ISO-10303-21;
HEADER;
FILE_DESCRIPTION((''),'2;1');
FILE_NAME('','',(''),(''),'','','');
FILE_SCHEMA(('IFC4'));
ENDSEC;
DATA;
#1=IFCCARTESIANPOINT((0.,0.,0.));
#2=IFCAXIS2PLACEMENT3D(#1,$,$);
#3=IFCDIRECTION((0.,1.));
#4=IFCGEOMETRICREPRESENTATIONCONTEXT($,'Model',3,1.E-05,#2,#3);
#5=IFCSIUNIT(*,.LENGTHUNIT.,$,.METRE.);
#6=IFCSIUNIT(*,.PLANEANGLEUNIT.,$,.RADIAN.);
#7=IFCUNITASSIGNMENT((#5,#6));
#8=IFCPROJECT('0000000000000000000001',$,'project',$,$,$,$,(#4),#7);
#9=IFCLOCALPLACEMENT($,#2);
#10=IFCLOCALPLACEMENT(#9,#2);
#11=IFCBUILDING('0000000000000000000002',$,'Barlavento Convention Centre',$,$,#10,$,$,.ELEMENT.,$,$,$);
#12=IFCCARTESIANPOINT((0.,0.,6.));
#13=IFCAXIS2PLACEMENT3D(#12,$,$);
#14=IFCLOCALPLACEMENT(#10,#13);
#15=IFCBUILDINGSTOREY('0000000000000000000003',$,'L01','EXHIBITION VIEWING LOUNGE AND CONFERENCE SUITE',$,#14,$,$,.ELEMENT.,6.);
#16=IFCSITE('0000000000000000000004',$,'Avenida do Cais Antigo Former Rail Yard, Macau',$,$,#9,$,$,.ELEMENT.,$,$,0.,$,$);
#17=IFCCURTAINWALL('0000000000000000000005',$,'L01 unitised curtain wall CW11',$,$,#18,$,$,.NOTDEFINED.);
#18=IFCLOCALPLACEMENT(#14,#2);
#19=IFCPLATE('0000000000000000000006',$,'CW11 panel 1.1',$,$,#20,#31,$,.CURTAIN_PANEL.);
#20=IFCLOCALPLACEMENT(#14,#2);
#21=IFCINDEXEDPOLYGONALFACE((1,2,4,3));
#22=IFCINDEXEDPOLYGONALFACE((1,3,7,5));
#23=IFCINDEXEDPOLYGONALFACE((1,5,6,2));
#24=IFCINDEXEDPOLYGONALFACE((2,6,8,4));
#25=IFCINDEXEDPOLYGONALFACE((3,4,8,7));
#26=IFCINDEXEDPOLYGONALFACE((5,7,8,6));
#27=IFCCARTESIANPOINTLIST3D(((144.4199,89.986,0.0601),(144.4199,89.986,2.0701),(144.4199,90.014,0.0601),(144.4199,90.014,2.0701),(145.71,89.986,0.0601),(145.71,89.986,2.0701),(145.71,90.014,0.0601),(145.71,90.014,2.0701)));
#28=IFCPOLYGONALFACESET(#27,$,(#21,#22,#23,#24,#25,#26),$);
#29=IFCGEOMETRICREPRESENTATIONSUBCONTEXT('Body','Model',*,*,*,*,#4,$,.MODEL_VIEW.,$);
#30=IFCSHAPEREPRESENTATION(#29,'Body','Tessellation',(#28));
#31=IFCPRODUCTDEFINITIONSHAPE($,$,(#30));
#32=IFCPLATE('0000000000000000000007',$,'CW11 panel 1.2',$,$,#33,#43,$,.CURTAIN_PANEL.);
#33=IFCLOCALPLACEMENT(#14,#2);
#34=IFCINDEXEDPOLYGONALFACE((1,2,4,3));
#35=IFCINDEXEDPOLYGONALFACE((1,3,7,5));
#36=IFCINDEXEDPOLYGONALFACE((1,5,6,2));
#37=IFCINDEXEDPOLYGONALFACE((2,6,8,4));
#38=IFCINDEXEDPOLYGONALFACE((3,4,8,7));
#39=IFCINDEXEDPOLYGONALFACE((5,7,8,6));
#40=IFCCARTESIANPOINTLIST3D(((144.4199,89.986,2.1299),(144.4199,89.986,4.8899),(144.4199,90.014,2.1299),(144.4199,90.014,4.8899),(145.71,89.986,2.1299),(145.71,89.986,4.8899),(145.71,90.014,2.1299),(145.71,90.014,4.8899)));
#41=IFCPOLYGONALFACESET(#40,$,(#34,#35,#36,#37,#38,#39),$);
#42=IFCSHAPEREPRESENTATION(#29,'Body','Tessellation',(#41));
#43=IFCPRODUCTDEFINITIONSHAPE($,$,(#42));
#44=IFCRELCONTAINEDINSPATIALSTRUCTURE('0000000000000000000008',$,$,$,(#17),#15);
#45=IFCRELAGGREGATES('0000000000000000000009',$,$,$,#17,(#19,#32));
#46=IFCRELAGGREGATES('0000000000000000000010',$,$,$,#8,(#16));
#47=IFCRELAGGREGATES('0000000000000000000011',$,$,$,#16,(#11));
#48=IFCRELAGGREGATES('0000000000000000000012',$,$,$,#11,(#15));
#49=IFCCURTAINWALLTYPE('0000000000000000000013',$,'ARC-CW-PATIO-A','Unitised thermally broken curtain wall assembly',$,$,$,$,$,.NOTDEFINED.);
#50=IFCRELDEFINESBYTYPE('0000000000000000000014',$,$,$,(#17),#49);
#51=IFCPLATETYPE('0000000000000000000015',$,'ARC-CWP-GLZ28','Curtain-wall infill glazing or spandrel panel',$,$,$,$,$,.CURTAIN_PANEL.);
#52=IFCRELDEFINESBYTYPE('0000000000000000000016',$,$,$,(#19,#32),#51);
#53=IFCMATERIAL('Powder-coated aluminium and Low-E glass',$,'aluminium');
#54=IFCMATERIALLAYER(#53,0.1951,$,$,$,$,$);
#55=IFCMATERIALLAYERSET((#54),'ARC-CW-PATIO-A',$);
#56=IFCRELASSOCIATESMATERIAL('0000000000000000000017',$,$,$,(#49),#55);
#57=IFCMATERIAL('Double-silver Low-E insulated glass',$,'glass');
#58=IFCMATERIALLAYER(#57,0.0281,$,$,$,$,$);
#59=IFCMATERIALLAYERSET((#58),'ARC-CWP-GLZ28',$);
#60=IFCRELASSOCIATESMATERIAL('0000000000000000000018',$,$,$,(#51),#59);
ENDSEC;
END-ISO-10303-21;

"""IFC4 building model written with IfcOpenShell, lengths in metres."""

from ifc_helpers import new_model, si_unit, direction, frame, origin, origin_2d, place, context, subcontext, project, spatial, rectangle, extrude, material, layer, layer_set, type_object, element, aggregate, save


model = new_model("IFC4")

# Units and contexts
model_context = context("Model", 3, precision=1e-05, world=origin(), true_north=direction((0.0, 1.0)))
body_context = subcontext(model_context, "Body", "Model", "MODEL_VIEW")
ifc_project = project(units=[si_unit("LENGTHUNIT", "METRE"), si_unit("PLANEANGLEUNIT", "RADIAN")], contexts=[model_context])

# Site, building, storey
site_placement = place(None, origin())
site = spatial("IfcSite", under=ifc_project, at=site_placement, Name="Avenida do Cais Antigo Former Rail Yard, Macau", CompositionType="ELEMENT", RefElevation=0.0)
building_placement = place(site_placement, origin())
building = spatial("IfcBuilding", under=site, at=building_placement, Name="Barlavento Convention Centre", CompositionType="ELEMENT")
storey_placement = place(building_placement, frame((0.0, 0.0, 6.0)))
storey = spatial("IfcBuildingStorey", under=building, at=storey_placement, Name="L01", Description="EXHIBITION VIEWING LOUNGE AND CONFERENCE SUITE", CompositionType="ELEMENT", Elevation=6.0)

# Shared definitions
ifc_material_1 = material(Name="Powder-coated aluminium and Low-E glass", Category="aluminium")
ifc_layer_1 = layer(ifc_material_1, 0.1951)
ifc_layer_set_1 = layer_set([ifc_layer_1], Name="ARC-CW-PATIO-A")
curtain_wall_type = type_object("IfcCurtainWallType", Name="ARC-CW-PATIO-A", Description="Unitised thermally broken curtain wall assembly", PredefinedType="NOTDEFINED", material=ifc_layer_set_1)

# Curtain wall
curtain_wall_1_placement = place(storey_placement, origin())
curtain_wall_1 = element("IfcCurtainWall", 1, at=curtain_wall_1_placement, inside=storey, type_object=curtain_wall_type, Name="L01 unitised curtain wall CW11", PredefinedType="NOTDEFINED")

# Plates
ifc_material_2 = material(Name="Double-silver Low-E insulated glass", Category="glass")
ifc_layer_2 = layer(ifc_material_2, 0.0281)
ifc_layer_set_2 = layer_set([ifc_layer_2], Name="ARC-CWP-GLZ28")
plate_type = type_object("IfcPlateType", Name="ARC-CWP-GLZ28", Description="Curtain-wall infill glazing or spandrel panel", PredefinedType="CURTAIN_PANEL", material=ifc_layer_set_2)
plate_1_placement = place(storey_placement, frame((145.0649, 90.0, 0.0601), z_axis=(0.0, 0.0, 1.0), x_axis=(1.0, 0.0, 0.0)))
plate_1 = element("IfcPlate", 2, at=plate_1_placement, type_object=plate_type, Name="CW11 panel 1.1", PredefinedType="CURTAIN_PANEL", context=body_context, shape_type="SweptSolid", body=[
    extrude(rectangle(XDim=1.29, YDim=0.0281, at=origin_2d()), origin(), (0.0, 0.0, 1.0), 2.01),
])
plate_2_placement = place(storey_placement, frame((145.0649, 90.0, 2.1299), z_axis=(0.0, 0.0, 1.0), x_axis=(1.0, 0.0, 0.0)))
plate_2 = element("IfcPlate", 3, at=plate_2_placement, type_object=plate_type, Name="CW11 panel 1.2", PredefinedType="CURTAIN_PANEL", context=body_context, shape_type="SweptSolid", body=[
    extrude(rectangle(XDim=1.29, YDim=0.0281, at=origin_2d()), origin(), (0.0, 0.0, 1.0), 2.76),
])
aggregate(curtain_wall_1, [plate_1, plate_2])

save(model, "model.ifc")
